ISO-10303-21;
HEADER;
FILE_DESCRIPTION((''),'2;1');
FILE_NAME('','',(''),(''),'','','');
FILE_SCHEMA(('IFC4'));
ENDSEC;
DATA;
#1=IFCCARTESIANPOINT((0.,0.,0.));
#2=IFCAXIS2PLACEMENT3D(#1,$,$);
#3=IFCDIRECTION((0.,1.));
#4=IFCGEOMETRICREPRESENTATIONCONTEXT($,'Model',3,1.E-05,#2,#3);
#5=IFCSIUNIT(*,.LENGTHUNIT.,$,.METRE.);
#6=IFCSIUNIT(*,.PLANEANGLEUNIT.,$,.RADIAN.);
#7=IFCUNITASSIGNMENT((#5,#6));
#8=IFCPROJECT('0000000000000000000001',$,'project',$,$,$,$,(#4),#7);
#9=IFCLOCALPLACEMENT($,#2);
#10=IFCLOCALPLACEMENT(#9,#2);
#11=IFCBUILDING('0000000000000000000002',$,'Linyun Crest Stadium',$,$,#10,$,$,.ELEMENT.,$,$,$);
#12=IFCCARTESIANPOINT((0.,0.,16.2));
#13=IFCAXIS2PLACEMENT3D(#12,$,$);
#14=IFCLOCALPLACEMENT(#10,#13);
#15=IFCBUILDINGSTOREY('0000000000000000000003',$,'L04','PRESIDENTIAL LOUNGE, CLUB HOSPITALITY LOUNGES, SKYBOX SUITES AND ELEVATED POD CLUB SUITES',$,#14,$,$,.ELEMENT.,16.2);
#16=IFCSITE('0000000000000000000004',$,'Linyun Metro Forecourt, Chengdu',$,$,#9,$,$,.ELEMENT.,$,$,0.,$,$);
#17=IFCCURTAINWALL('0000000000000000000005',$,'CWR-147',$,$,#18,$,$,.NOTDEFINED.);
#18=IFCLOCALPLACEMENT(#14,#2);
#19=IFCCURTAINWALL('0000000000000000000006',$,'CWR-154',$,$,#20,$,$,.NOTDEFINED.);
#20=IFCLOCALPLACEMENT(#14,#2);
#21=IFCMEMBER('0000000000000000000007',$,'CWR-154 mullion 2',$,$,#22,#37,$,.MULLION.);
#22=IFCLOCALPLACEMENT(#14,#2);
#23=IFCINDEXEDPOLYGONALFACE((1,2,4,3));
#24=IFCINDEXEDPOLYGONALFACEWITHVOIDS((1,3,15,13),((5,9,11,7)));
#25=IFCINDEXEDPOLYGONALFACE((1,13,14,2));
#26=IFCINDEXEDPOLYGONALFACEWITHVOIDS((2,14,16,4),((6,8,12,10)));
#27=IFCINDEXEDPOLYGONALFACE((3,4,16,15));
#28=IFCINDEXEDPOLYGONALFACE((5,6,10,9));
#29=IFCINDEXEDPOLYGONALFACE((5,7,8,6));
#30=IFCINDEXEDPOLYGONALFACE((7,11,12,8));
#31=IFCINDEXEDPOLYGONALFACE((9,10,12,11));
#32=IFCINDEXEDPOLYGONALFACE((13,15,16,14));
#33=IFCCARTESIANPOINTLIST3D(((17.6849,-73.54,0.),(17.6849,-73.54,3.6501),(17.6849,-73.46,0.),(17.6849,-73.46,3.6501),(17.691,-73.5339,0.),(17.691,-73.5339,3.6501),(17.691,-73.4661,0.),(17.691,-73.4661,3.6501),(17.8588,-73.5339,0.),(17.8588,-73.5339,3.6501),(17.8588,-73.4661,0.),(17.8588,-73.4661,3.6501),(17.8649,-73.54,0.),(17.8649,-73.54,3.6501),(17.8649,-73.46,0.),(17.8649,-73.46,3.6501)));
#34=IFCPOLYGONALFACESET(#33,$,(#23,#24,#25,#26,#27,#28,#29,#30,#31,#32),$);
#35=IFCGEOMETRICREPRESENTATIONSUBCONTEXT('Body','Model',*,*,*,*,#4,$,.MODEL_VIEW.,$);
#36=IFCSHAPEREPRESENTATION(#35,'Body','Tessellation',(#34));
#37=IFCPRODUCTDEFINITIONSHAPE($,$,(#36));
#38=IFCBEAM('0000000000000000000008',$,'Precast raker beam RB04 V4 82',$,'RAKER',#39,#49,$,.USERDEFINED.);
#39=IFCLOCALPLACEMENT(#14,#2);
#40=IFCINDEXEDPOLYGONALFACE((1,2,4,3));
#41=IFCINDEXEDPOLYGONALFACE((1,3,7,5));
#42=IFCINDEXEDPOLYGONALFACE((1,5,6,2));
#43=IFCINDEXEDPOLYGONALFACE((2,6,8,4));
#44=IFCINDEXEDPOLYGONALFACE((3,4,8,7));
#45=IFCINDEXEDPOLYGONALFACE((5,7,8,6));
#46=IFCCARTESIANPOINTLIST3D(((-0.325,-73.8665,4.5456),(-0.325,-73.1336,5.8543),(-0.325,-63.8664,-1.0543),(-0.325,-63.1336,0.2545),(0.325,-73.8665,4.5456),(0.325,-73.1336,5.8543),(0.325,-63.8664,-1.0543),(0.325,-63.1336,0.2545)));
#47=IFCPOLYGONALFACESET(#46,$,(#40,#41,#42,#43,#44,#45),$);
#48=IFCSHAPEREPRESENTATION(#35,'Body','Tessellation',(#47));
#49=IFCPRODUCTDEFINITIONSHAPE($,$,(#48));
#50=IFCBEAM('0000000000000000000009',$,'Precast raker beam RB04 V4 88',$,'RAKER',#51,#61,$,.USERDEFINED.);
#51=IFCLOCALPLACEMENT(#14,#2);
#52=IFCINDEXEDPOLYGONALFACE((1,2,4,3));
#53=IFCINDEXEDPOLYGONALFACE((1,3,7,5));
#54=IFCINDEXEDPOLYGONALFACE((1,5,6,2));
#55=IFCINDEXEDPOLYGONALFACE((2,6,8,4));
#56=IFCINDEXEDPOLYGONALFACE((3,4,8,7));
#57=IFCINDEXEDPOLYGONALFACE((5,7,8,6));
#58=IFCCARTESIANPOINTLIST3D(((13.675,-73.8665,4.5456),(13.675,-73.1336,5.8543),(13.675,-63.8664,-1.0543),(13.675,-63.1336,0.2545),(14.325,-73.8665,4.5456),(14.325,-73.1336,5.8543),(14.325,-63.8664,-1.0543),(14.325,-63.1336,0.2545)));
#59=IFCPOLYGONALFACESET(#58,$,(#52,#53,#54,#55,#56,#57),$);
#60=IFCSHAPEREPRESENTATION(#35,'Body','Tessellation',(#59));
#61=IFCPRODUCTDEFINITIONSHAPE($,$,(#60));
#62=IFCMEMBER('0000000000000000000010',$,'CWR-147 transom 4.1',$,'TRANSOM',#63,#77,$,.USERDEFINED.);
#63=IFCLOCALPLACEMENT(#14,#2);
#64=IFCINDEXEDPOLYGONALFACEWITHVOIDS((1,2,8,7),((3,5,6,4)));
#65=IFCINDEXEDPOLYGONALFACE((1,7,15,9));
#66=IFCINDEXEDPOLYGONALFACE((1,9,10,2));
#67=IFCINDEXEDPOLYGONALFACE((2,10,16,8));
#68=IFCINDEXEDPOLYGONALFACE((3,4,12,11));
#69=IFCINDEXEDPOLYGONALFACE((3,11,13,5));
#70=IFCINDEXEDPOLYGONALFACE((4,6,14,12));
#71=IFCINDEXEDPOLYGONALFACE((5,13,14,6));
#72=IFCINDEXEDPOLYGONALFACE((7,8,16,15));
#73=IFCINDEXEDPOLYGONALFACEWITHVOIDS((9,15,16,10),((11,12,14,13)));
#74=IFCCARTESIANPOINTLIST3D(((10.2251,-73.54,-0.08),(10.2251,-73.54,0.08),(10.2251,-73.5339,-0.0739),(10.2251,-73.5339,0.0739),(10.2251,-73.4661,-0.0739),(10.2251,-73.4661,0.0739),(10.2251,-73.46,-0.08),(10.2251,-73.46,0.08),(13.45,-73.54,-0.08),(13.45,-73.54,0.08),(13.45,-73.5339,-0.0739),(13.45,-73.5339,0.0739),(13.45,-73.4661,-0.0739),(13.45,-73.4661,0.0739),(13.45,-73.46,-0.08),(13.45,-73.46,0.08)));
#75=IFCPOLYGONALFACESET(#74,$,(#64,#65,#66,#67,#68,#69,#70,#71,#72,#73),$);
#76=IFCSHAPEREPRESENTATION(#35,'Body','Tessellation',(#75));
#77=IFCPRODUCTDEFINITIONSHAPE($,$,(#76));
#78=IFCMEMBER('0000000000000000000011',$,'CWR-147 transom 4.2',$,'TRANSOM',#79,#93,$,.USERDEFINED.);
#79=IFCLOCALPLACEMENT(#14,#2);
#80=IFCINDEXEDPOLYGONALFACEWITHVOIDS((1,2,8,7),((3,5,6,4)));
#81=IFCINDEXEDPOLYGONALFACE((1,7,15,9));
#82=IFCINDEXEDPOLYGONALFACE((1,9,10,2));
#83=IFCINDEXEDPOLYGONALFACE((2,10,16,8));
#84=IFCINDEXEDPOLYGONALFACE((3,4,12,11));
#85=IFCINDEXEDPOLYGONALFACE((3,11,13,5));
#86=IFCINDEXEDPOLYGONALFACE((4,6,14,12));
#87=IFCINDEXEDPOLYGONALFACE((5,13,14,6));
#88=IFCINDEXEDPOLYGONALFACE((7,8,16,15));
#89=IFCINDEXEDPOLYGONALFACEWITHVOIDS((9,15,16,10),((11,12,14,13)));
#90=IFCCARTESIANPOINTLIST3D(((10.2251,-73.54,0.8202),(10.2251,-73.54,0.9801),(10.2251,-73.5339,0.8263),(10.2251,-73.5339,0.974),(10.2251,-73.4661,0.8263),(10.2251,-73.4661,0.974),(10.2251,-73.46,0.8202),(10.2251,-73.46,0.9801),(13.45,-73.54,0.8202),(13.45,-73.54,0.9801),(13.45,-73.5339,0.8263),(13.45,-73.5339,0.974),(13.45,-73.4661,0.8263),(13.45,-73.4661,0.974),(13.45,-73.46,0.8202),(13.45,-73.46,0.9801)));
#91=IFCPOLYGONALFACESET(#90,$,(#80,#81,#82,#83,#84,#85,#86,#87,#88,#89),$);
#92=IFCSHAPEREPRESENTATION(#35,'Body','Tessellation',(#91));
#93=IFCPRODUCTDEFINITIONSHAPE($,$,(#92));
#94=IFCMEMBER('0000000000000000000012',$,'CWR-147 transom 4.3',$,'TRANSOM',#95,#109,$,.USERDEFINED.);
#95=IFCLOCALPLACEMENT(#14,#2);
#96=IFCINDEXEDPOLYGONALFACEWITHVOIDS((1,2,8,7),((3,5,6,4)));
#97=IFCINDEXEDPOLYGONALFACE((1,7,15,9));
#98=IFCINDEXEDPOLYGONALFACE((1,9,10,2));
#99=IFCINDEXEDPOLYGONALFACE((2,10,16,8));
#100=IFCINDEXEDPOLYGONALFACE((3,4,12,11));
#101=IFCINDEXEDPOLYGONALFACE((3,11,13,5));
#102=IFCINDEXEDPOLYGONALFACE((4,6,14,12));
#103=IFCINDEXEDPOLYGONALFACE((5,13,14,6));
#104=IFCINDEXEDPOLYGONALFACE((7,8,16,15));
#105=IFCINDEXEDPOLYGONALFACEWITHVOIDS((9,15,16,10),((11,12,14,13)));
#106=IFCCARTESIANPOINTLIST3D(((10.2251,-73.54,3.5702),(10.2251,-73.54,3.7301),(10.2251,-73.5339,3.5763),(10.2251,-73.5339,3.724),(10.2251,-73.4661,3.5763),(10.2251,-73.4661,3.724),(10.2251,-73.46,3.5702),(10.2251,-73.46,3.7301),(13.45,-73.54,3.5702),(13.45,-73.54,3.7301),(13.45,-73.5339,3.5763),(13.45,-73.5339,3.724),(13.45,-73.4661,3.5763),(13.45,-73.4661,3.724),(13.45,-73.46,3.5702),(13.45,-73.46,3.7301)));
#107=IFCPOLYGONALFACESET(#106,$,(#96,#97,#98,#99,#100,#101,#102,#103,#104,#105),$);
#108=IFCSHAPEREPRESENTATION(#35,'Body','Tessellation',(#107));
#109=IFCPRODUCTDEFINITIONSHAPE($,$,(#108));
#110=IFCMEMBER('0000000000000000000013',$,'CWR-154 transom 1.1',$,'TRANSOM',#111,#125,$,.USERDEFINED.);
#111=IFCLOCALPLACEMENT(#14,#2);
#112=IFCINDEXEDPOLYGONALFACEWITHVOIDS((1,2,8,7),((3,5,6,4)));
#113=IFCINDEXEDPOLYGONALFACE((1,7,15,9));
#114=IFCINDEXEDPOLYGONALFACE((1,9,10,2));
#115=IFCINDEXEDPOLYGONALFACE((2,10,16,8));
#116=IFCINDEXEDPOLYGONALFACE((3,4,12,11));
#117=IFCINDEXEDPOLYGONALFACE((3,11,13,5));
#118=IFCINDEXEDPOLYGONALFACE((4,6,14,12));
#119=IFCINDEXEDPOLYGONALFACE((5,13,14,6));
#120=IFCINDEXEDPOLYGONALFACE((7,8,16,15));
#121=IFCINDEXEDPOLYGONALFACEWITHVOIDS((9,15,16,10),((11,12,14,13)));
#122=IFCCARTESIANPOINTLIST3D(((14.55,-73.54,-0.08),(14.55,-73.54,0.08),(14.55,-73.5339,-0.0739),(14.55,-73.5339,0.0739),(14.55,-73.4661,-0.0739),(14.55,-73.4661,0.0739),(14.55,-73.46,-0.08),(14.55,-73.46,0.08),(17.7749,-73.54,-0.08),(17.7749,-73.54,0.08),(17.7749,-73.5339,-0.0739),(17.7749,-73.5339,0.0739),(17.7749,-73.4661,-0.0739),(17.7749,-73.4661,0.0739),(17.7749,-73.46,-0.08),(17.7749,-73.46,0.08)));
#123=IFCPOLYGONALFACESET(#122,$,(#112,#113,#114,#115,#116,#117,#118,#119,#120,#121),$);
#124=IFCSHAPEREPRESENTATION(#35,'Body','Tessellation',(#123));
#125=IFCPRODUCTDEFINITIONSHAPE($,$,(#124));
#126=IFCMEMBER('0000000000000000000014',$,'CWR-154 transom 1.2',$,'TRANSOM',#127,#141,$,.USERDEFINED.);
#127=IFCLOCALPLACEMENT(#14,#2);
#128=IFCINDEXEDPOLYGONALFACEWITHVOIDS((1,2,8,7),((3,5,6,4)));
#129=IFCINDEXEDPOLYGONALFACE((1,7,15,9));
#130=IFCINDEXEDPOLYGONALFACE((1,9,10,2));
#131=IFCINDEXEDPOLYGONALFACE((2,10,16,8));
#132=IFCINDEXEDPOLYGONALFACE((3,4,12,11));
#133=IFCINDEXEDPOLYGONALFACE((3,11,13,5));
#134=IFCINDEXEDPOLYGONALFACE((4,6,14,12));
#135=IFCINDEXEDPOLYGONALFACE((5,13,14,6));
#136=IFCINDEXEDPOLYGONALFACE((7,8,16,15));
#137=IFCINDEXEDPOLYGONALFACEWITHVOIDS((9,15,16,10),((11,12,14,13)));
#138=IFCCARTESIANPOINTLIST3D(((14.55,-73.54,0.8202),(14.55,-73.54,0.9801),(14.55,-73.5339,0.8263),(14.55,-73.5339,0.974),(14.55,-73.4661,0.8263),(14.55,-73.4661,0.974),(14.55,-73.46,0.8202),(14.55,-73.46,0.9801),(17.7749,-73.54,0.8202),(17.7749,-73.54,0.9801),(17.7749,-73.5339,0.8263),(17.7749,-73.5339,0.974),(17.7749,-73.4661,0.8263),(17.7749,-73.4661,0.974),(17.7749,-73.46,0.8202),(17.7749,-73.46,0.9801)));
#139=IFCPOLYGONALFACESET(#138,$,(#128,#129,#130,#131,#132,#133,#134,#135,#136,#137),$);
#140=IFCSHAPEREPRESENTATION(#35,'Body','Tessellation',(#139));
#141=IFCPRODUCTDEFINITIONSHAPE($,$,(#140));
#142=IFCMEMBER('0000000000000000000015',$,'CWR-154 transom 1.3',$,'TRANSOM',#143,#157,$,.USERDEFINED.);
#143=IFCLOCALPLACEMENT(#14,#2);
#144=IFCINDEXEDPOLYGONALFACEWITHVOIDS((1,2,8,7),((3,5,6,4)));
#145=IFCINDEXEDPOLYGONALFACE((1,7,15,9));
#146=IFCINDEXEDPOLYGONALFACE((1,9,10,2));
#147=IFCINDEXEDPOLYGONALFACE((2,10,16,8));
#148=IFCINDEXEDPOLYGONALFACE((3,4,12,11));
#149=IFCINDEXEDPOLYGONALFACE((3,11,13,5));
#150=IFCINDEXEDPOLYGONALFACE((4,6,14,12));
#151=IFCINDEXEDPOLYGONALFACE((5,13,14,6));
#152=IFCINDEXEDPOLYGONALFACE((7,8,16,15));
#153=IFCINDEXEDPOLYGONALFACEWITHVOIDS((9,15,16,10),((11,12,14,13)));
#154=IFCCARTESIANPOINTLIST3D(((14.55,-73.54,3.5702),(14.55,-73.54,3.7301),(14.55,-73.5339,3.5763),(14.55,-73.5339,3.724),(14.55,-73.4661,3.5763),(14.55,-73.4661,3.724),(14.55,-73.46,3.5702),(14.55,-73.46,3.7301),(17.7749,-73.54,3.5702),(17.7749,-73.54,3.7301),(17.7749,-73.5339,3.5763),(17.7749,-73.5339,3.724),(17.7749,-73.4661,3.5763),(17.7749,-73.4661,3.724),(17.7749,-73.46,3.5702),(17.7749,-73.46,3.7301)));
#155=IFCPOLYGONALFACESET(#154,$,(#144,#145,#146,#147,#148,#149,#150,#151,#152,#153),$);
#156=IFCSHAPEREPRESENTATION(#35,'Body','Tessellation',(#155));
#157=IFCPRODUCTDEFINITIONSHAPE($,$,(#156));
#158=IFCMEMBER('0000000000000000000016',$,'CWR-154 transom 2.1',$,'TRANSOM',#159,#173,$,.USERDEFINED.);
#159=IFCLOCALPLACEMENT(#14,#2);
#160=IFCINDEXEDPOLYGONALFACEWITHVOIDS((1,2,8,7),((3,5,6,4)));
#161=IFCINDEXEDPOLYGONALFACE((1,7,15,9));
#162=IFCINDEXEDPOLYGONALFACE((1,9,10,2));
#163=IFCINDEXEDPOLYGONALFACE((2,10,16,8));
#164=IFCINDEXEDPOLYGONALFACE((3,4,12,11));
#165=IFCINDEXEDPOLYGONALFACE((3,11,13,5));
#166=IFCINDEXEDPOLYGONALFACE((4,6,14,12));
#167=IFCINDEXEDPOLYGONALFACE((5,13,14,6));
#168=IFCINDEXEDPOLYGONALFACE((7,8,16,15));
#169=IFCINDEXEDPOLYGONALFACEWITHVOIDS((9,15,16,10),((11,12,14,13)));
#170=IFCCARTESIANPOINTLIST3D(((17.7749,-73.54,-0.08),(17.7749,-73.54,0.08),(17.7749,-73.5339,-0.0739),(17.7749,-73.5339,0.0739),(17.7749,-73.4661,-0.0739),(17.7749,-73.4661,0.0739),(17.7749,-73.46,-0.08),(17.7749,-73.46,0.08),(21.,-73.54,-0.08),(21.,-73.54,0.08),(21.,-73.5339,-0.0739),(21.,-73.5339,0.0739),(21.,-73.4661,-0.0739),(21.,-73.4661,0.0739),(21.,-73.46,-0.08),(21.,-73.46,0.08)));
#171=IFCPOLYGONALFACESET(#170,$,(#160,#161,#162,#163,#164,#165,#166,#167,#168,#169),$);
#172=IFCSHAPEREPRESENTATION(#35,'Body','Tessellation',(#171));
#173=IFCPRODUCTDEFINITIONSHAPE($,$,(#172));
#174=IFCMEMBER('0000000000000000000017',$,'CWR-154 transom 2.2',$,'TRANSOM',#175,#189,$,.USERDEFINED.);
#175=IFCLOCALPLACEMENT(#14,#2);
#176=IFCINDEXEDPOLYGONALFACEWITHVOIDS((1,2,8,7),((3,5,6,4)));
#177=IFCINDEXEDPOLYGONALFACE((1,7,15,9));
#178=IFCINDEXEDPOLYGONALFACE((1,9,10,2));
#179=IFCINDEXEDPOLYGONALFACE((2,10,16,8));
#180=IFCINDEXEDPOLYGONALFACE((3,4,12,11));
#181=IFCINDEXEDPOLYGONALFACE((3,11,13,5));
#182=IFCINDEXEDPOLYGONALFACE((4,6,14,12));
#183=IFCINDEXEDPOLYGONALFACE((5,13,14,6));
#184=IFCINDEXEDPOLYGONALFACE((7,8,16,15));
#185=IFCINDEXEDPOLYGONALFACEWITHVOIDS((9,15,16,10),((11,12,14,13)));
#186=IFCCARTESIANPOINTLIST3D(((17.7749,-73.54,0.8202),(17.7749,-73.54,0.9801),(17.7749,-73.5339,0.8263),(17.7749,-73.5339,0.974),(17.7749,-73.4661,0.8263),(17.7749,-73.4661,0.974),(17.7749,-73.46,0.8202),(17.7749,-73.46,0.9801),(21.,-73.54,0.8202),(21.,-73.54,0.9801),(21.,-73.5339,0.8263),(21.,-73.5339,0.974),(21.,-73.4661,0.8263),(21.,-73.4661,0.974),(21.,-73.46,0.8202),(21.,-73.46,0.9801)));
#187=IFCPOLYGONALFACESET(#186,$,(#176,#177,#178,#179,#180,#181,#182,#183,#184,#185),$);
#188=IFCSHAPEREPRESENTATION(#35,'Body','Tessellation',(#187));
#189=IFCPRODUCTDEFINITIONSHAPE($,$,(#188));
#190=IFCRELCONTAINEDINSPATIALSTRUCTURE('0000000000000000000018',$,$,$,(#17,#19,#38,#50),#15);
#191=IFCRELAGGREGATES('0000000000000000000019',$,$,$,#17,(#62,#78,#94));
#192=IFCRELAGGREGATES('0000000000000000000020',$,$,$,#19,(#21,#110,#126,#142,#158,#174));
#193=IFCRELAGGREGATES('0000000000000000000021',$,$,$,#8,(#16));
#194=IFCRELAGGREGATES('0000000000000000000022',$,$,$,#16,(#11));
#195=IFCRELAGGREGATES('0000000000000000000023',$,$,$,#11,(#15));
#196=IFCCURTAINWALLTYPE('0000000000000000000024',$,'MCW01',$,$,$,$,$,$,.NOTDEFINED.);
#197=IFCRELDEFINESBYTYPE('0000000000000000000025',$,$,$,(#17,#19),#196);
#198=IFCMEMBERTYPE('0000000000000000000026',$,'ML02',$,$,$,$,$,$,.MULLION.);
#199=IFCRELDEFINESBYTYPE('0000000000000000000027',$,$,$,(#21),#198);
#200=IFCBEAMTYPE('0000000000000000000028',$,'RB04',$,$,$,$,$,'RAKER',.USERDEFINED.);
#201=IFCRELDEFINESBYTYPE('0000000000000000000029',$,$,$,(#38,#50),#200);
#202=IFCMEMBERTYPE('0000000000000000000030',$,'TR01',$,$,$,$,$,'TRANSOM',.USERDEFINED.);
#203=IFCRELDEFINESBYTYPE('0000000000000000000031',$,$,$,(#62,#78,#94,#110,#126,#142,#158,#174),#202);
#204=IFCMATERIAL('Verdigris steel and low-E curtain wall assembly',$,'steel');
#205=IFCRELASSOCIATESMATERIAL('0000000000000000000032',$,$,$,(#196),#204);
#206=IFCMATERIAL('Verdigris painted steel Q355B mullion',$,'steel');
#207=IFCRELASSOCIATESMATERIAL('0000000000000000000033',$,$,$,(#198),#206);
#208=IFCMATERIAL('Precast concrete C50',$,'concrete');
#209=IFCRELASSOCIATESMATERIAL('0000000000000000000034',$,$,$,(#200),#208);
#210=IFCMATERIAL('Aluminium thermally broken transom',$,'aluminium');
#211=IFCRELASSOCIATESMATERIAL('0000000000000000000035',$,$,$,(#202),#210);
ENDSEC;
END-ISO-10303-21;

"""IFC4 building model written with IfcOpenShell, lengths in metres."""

from ifc_helpers import new_model, si_unit, direction, frame, origin, origin_2d, place, context, subcontext, project, spatial, rectangle, hollow_rectangle, extrude, material, material_profile, profile_set, type_object, element, aggregate, save


model = new_model("IFC4")

# Units and contexts
model_context = context("Model", 3, precision=1e-05, world=origin(), true_north=direction((0.0, 1.0)))
body_context = subcontext(model_context, "Body", "Model", "MODEL_VIEW")
ifc_project = project(units=[si_unit("LENGTHUNIT", "METRE"), si_unit("PLANEANGLEUNIT", "RADIAN")], contexts=[model_context])

# Site, building, storey
site_placement = place(None, origin())
site = spatial("IfcSite", under=ifc_project, at=site_placement, Name="Linyun Metro Forecourt, Chengdu", CompositionType="ELEMENT", RefElevation=0.0)
building_placement = place(site_placement, origin())
building = spatial("IfcBuilding", under=site, at=building_placement, Name="Linyun Crest Stadium", CompositionType="ELEMENT")
storey_placement = place(building_placement, frame((0.0, 0.0, 16.2)))
storey = spatial("IfcBuildingStorey", under=building, at=storey_placement, Name="L04", Description="PRESIDENTIAL LOUNGE, CLUB HOSPITALITY LOUNGES, SKYBOX SUITES AND ELEVATED POD CLUB SUITES", CompositionType="ELEMENT", Elevation=16.2)

# Curtain walls, member
ifc_material_1 = material(Name="Verdigris steel and low-E curtain wall assembly", Category="steel")
curtain_wall_type = type_object("IfcCurtainWallType", Name="MCW01", PredefinedType="NOTDEFINED", material=ifc_material_1)
curtain_wall_1_placement = place(storey_placement, origin())
curtain_wall_1 = element("IfcCurtainWall", 1, at=curtain_wall_1_placement, inside=storey, type_object=curtain_wall_type, Name="CWR-147", PredefinedType="NOTDEFINED")
ifc_material_2 = material(Name="Verdigris painted steel Q355B mullion", Category="steel")
ifc_material_profile_1 = material_profile(ifc_material_2, hollow_rectangle(XDim=0.0801, YDim=0.1799, WallThickness=0.0061, at=origin_2d()), Name="RHS 180x80x6")
ifc_profile_set_1 = profile_set([ifc_material_profile_1], Name="Verdigris painted steel Q355B mullion")
member_type_1 = type_object("IfcMemberType", Name="ML02", PredefinedType="MULLION", material=ifc_profile_set_1)
curtain_wall_2_placement = place(storey_placement, origin())
curtain_wall_2 = element("IfcCurtainWall", 2, at=curtain_wall_2_placement, inside=storey, type_object=curtain_wall_type, Name="CWR-154", PredefinedType="NOTDEFINED")
member_1_placement = place(storey_placement, frame((17.7749, -73.5, 0.0), z_axis=(0.0, 0.0, 1.0), x_axis=(0.0, 1.0, 0.0)))
member_1 = element("IfcMember", 3, at=member_1_placement, type_object=member_type_1, Name="CWR-154 mullion 2", PredefinedType="MULLION", context=body_context, shape_type="SweptSolid", body=[
    extrude(hollow_rectangle(XDim=0.0801, YDim=0.1799, WallThickness=0.0061, at=origin_2d()), origin(), (0.0, 0.0, 1.0), 3.6501),
])

# Beams
ifc_material_3 = material(Name="Precast concrete C50", Category="concrete")
ifc_material_profile_2 = material_profile(ifc_material_3, rectangle(XDim=0.6499, YDim=1.5, at=origin_2d()), Name="PCR 1500x650")
ifc_profile_set_2 = profile_set([ifc_material_profile_2], Name="Precast concrete C50")
beam_type = type_object("IfcBeamType", Name="RB04", ElementType="RAKER", PredefinedType="USERDEFINED", material=ifc_profile_set_2)
for number, where, z_axis, x_axis, name in (
    (4, (0.0, -63.5, -0.3999), (0.0, -0.872511, 0.488594), (1.0, 0.0, 0.0), "Precast raker beam RB04 V4 82"),
    (5, (14.0, -63.5, -0.3999), (0.0, -0.872511, 0.488594), (1.0, 0.0, 0.0), "Precast raker beam RB04 V4 88"),
):
    element("IfcBeam", number, at=place(storey_placement, frame(where, z_axis=z_axis, x_axis=x_axis)), inside=storey, type_object=beam_type, Name=name, ObjectType="RAKER", PredefinedType="USERDEFINED", context=body_context, shape_type="SweptSolid", body=[
        extrude(rectangle(XDim=0.6499, YDim=1.5, at=origin_2d()), origin(), (0.0, 0.0, 1.0), 11.4612),
    ])

# Members
ifc_material_4 = material(Name="Aluminium thermally broken transom", Category="aluminium")
ifc_material_profile_3 = material_profile(ifc_material_4, hollow_rectangle(XDim=0.0801, YDim=0.1599, WallThickness=0.0061, at=origin_2d()), Name="RHS 160x80x6")
ifc_profile_set_3 = profile_set([ifc_material_profile_3], Name="Aluminium thermally broken transom")
member_type_2 = type_object("IfcMemberType", Name="TR01", ElementType="TRANSOM", PredefinedType="USERDEFINED", material=ifc_profile_set_3)
member_2_placement = place(storey_placement, frame((10.2251, -73.5, 0.0), z_axis=(1.0, 0.0, 0.0), x_axis=(0.0, 1.0, 0.0)))
member_2 = element("IfcMember", 6, at=member_2_placement, type_object=member_type_2, Name="CWR-147 transom 4.1", ObjectType="TRANSOM", PredefinedType="USERDEFINED", context=body_context, shape_type="SweptSolid", body=[
    extrude(hollow_rectangle(XDim=0.0801, YDim=0.1599, WallThickness=0.0061, at=origin_2d()), origin(), (0.0, 0.0, 1.0), 3.2249),
])
member_3_placement = place(storey_placement, frame((10.2251, -73.5, 0.9001), z_axis=(1.0, 0.0, 0.0), x_axis=(0.0, 1.0, 0.0)))
member_3 = element("IfcMember", 7, at=member_3_placement, type_object=member_type_2, Name="CWR-147 transom 4.2", ObjectType="TRANSOM", PredefinedType="USERDEFINED", context=body_context, shape_type="SweptSolid", body=[
    extrude(hollow_rectangle(XDim=0.0801, YDim=0.1599, WallThickness=0.0061, at=origin_2d()), origin(), (0.0, 0.0, 1.0), 3.2249),
])
member_4_placement = place(storey_placement, frame((10.2251, -73.5, 3.6501), z_axis=(1.0, 0.0, 0.0), x_axis=(0.0, 1.0, 0.0)))
member_4 = element("IfcMember", 8, at=member_4_placement, type_object=member_type_2, Name="CWR-147 transom 4.3", ObjectType="TRANSOM", PredefinedType="USERDEFINED", context=body_context, shape_type="SweptSolid", body=[
    extrude(hollow_rectangle(XDim=0.0801, YDim=0.1599, WallThickness=0.0061, at=origin_2d()), origin(), (0.0, 0.0, 1.0), 3.2249),
])
member_5_placement = place(storey_placement, frame((14.55, -73.5, 0.0), z_axis=(1.0, 0.0, 0.0), x_axis=(0.0, 1.0, 0.0)))
member_5 = element("IfcMember", 9, at=member_5_placement, type_object=member_type_2, Name="CWR-154 transom 1.1", ObjectType="TRANSOM", PredefinedType="USERDEFINED", context=body_context, shape_type="SweptSolid", body=[
    extrude(hollow_rectangle(XDim=0.0801, YDim=0.1599, WallThickness=0.0061, at=origin_2d()), origin(), (0.0, 0.0, 1.0), 3.2249),
])
member_6_placement = place(storey_placement, frame((14.55, -73.5, 0.9001), z_axis=(1.0, 0.0, 0.0), x_axis=(0.0, 1.0, 0.0)))
member_6 = element("IfcMember", 10, at=member_6_placement, type_object=member_type_2, Name="CWR-154 transom 1.2", ObjectType="TRANSOM", PredefinedType="USERDEFINED", context=body_context, shape_type="SweptSolid", body=[
    extrude(hollow_rectangle(XDim=0.0801, YDim=0.1599, WallThickness=0.0061, at=origin_2d()), origin(), (0.0, 0.0, 1.0), 3.2249),
])
member_7_placement = place(storey_placement, frame((14.55, -73.5, 3.6501), z_axis=(1.0, 0.0, 0.0), x_axis=(0.0, 1.0, 0.0)))
member_7 = element("IfcMember", 11, at=member_7_placement, type_object=member_type_2, Name="CWR-154 transom 1.3", ObjectType="TRANSOM", PredefinedType="USERDEFINED", context=body_context, shape_type="SweptSolid", body=[
    extrude(hollow_rectangle(XDim=0.0801, YDim=0.1599, WallThickness=0.0061, at=origin_2d()), origin(), (0.0, 0.0, 1.0), 3.2249),
])
member_8_placement = place(storey_placement, frame((17.7749, -73.5, 0.0), z_axis=(1.0, 0.0, 0.0), x_axis=(0.0, 1.0, 0.0)))
member_8 = element("IfcMember", 12, at=member_8_placement, type_object=member_type_2, Name="CWR-154 transom 2.1", ObjectType="TRANSOM", PredefinedType="USERDEFINED", context=body_context, shape_type="SweptSolid", body=[
    extrude(hollow_rectangle(XDim=0.0801, YDim=0.1599, WallThickness=0.0061, at=origin_2d()), origin(), (0.0, 0.0, 1.0), 3.2251),
])
member_9_placement = place(storey_placement, frame((17.7749, -73.5, 0.9001), z_axis=(1.0, 0.0, 0.0), x_axis=(0.0, 1.0, 0.0)))
member_9 = element("IfcMember", 13, at=member_9_placement, type_object=member_type_2, Name="CWR-154 transom 2.2", ObjectType="TRANSOM", PredefinedType="USERDEFINED", context=body_context, shape_type="SweptSolid", body=[
    extrude(hollow_rectangle(XDim=0.0801, YDim=0.1599, WallThickness=0.0061, at=origin_2d()), origin(), (0.0, 0.0, 1.0), 3.2251),
])

aggregate(curtain_wall_1, [member_2, member_3, member_4])
aggregate(curtain_wall_2, [member_1, member_5, member_6, member_7, member_8, member_9])

save(model, "model.ifc")
